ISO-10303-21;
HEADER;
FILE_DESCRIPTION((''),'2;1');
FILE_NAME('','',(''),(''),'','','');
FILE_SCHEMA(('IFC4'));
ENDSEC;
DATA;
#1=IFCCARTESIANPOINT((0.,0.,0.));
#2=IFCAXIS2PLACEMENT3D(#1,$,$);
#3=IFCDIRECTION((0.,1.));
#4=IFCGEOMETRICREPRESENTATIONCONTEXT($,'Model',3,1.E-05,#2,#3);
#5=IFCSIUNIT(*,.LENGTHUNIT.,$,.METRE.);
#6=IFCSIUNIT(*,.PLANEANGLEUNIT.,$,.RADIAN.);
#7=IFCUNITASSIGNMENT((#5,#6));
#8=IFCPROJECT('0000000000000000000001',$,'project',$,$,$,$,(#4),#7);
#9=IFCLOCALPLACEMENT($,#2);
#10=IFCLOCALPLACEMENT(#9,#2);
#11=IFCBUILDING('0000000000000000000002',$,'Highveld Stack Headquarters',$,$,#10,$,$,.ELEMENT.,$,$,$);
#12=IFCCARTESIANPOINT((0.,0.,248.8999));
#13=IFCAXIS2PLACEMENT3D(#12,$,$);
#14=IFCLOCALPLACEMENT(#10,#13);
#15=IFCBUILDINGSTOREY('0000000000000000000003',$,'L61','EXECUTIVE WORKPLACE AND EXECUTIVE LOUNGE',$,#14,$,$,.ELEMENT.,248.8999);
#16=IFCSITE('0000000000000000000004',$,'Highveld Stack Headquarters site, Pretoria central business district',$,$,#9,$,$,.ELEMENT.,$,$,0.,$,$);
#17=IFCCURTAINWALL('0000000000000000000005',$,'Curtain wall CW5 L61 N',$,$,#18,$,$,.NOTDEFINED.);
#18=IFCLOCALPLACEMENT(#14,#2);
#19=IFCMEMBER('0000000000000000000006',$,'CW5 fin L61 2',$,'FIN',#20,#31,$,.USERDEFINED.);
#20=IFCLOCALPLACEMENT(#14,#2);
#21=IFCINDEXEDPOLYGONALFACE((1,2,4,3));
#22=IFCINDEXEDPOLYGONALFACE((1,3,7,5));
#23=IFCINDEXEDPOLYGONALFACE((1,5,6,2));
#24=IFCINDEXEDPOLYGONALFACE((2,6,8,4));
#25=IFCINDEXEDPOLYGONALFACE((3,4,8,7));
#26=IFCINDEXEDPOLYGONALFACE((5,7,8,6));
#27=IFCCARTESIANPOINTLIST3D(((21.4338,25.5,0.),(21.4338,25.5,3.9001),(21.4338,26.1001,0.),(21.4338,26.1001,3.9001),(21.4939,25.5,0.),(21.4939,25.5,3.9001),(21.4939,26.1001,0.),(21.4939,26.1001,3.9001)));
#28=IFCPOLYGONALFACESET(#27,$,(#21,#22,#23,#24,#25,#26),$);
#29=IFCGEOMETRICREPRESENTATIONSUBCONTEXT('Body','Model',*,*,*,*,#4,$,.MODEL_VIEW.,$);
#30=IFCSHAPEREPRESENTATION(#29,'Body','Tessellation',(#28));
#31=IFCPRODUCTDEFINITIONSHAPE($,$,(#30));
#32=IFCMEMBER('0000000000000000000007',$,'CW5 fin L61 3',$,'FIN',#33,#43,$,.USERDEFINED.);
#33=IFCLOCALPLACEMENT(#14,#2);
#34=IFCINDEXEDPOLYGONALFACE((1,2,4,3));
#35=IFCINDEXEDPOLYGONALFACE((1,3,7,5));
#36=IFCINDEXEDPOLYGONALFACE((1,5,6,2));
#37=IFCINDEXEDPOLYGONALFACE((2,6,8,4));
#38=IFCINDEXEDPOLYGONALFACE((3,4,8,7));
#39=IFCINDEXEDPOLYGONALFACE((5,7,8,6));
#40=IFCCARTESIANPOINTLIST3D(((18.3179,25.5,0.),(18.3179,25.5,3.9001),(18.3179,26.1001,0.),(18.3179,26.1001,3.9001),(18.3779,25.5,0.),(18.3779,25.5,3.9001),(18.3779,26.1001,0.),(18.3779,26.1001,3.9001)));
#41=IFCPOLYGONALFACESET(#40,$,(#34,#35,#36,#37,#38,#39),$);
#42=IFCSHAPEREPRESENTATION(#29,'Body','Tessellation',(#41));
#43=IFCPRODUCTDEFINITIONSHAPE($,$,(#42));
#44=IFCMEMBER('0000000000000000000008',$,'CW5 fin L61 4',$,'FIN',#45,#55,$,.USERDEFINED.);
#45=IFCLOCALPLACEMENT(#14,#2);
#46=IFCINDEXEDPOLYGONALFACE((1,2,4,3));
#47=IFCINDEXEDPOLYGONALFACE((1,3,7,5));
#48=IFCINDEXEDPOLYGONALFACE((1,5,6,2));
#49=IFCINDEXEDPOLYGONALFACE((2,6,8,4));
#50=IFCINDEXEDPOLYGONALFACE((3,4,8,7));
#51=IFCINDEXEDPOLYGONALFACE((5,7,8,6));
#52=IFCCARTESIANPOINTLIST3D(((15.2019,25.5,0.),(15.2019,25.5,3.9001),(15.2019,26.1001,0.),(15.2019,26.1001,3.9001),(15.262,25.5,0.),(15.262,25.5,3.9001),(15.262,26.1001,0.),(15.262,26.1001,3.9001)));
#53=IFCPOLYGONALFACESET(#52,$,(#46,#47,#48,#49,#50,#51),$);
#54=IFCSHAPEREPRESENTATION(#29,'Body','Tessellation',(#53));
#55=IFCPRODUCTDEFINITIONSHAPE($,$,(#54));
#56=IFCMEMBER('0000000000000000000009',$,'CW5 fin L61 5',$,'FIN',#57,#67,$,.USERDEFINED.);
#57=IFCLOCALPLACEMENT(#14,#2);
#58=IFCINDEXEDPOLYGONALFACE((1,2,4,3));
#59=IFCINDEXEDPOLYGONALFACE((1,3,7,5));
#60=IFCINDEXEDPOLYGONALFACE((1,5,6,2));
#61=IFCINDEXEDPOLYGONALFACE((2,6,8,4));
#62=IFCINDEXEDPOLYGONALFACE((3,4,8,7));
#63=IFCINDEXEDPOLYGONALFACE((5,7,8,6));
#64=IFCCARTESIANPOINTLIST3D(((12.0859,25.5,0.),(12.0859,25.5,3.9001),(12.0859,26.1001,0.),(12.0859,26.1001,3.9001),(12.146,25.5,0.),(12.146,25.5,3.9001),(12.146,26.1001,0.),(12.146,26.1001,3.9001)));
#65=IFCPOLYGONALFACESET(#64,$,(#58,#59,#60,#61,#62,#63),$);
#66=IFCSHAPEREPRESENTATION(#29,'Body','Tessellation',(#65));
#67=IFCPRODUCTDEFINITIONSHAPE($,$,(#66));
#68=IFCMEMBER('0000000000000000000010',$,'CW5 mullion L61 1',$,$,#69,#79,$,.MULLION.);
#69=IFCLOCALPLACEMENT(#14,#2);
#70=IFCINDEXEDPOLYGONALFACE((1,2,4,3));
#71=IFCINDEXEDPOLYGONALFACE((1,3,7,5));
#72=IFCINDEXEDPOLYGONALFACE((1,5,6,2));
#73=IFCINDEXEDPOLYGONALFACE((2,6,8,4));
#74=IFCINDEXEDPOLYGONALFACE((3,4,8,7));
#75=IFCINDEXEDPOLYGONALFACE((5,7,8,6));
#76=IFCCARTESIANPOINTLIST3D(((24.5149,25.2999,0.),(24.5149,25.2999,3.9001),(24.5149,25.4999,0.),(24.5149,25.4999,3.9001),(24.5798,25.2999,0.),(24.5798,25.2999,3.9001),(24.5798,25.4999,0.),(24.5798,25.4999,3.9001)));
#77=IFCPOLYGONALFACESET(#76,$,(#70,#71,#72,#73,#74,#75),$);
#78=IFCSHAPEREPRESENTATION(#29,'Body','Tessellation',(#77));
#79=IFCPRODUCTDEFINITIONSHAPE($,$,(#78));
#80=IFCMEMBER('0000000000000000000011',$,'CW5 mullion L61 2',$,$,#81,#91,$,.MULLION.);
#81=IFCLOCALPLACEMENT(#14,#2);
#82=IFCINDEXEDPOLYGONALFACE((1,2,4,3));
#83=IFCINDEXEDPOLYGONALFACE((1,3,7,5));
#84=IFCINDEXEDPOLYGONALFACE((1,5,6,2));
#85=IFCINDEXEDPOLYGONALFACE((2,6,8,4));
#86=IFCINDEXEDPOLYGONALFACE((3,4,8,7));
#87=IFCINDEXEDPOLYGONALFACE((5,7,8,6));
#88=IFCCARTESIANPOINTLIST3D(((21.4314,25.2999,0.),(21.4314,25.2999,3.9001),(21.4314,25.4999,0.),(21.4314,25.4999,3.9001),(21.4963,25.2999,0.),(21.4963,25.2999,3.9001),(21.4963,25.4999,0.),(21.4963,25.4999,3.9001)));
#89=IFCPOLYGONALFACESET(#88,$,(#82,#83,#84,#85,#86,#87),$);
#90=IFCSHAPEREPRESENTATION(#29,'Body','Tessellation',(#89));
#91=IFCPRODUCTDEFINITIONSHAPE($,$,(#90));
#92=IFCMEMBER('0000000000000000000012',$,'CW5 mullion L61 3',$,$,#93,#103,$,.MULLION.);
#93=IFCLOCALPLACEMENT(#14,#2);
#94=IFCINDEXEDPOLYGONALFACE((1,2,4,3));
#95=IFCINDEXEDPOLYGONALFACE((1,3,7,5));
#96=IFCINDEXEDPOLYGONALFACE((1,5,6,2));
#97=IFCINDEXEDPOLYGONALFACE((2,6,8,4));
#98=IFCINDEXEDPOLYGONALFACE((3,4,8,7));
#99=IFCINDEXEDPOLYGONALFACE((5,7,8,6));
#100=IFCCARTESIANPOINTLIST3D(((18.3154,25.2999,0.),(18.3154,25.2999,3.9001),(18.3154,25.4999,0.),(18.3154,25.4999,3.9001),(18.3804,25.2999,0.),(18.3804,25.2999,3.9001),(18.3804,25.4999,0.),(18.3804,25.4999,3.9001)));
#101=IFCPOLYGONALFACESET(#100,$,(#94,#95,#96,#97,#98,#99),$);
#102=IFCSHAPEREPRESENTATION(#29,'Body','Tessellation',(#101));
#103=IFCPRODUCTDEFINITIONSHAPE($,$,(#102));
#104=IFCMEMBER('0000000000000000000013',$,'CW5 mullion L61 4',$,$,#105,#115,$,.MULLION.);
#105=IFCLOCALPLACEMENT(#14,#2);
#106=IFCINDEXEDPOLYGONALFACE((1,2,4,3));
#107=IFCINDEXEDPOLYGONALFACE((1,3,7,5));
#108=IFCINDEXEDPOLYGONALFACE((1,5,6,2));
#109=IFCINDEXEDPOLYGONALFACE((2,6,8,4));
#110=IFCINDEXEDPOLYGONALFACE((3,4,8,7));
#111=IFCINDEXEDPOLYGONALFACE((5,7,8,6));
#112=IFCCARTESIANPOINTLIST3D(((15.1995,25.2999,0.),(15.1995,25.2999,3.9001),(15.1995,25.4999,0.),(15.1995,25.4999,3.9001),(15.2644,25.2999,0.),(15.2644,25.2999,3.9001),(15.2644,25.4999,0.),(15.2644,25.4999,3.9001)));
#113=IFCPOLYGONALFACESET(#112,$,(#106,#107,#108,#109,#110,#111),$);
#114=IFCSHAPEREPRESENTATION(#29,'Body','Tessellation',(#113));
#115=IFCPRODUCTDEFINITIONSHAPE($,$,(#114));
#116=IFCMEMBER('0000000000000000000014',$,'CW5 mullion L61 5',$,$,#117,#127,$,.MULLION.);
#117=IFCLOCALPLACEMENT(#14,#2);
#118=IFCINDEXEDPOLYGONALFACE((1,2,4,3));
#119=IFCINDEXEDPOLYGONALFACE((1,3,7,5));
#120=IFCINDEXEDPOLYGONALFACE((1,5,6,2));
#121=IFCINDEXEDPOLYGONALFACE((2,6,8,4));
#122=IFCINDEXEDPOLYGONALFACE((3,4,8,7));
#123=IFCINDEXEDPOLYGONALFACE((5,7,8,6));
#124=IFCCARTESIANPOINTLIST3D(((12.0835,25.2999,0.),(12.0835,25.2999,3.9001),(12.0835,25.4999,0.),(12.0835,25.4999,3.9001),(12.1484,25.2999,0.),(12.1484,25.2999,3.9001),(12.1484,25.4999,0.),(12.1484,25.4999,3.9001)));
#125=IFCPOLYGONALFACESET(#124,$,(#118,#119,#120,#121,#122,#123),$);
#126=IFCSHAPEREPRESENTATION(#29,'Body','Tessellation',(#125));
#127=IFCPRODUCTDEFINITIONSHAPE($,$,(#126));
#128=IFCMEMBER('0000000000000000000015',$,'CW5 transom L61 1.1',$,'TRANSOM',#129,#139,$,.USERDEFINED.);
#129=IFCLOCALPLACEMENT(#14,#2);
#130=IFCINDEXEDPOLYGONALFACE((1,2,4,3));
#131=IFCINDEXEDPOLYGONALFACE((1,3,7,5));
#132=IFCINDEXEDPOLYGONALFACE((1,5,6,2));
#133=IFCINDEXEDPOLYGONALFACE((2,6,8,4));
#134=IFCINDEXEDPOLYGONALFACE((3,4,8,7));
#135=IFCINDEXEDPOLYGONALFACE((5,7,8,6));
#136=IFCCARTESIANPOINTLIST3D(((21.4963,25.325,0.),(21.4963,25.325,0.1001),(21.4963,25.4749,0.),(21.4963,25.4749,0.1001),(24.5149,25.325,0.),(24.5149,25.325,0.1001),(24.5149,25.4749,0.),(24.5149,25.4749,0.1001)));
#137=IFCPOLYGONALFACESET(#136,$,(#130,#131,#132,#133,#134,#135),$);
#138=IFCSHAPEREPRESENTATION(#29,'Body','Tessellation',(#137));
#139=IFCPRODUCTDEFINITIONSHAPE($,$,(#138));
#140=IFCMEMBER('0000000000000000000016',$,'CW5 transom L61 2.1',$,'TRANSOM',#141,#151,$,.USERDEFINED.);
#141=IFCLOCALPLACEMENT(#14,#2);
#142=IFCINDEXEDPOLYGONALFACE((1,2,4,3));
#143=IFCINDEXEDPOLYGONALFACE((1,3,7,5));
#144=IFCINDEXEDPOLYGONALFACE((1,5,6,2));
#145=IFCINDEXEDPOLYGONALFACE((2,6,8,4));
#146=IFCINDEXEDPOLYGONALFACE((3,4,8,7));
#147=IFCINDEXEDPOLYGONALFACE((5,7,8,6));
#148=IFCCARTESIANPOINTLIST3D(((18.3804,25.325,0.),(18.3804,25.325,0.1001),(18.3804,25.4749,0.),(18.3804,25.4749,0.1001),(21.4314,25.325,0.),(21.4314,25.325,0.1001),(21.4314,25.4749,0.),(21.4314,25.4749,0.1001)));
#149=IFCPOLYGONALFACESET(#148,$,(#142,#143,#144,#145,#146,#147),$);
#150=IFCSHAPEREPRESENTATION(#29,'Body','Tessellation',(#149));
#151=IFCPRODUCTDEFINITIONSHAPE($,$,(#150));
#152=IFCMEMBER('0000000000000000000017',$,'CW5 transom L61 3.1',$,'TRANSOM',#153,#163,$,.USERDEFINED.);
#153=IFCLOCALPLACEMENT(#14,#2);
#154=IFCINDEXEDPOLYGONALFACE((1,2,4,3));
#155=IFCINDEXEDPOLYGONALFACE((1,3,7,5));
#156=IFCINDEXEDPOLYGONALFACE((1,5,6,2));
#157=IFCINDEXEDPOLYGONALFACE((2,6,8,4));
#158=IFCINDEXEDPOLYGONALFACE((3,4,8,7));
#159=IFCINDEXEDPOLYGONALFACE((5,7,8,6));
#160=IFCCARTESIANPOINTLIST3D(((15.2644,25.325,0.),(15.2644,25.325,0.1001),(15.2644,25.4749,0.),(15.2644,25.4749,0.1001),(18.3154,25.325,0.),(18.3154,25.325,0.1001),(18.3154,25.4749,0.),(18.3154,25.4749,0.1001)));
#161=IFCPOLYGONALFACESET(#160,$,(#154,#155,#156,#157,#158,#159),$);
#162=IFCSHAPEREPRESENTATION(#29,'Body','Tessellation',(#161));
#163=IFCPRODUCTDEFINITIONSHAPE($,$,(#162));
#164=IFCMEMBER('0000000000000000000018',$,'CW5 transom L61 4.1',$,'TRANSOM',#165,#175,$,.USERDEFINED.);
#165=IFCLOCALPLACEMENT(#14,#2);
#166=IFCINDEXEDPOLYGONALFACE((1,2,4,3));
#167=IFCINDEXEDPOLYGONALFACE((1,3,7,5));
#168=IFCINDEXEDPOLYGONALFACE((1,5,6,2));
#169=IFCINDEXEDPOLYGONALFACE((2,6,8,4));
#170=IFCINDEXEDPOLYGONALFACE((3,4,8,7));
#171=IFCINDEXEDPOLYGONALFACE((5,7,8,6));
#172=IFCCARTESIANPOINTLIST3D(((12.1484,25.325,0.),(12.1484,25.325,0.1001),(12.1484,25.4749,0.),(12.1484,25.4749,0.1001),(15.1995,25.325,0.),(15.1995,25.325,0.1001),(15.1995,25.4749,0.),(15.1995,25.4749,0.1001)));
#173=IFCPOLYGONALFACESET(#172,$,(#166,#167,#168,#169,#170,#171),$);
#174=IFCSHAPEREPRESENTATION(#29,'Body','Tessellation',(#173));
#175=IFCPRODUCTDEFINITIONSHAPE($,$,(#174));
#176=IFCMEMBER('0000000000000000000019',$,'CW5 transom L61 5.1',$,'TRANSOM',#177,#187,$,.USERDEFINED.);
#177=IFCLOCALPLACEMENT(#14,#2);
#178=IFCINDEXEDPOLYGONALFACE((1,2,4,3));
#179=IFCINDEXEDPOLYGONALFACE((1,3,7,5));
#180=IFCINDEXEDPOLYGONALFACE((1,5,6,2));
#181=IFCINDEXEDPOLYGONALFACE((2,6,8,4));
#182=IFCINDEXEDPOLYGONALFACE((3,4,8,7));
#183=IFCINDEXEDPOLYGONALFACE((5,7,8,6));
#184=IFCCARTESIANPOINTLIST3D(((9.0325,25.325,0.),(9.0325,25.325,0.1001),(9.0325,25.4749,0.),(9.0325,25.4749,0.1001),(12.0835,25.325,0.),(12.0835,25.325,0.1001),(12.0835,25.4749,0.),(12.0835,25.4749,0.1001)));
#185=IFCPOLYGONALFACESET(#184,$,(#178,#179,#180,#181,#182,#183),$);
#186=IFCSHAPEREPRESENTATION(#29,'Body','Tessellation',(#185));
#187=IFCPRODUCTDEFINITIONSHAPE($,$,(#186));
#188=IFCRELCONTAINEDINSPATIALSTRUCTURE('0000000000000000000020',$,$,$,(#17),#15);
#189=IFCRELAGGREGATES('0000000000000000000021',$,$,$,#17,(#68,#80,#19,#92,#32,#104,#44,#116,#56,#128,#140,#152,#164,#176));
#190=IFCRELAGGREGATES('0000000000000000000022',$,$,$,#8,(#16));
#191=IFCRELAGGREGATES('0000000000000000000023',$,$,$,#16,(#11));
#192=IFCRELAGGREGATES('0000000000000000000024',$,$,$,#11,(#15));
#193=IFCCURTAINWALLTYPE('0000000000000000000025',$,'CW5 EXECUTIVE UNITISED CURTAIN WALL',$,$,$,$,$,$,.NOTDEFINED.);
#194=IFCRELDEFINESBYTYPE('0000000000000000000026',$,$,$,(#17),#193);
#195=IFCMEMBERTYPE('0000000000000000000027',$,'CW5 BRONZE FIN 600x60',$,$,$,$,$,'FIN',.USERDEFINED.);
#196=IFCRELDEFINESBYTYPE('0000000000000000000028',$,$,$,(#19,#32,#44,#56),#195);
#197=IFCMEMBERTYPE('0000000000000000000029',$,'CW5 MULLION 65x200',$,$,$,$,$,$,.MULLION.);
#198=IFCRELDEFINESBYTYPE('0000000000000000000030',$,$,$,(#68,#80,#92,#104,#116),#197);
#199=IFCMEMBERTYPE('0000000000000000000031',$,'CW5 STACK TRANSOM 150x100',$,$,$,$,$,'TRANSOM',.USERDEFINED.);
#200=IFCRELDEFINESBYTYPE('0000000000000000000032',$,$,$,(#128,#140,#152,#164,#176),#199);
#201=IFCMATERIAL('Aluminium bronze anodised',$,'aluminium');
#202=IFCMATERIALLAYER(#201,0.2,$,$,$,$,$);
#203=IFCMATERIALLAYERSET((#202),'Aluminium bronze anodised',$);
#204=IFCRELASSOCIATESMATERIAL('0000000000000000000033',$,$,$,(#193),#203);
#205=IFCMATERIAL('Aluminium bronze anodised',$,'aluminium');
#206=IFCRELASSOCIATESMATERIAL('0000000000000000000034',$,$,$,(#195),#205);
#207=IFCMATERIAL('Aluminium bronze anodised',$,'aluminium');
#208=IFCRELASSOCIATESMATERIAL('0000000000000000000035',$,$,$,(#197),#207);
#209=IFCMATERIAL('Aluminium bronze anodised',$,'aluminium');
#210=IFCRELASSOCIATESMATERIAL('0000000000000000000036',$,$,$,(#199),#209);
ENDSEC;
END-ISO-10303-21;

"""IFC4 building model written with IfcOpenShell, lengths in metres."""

from ifc_helpers import new_model, si_unit, direction, frame, origin, origin_2d, place, context, subcontext, project, spatial, rectangle, extrude, material, layer, layer_set, material_profile, profile_set, type_object, element, aggregate, save


model = new_model("IFC4")

# Units and contexts
model_context = context("Model", 3, precision=1e-05, world=origin(), true_north=direction((0.0, 1.0)))
body_context = subcontext(model_context, "Body", "Model", "MODEL_VIEW")
ifc_project = project(units=[si_unit("LENGTHUNIT", "METRE"), si_unit("PLANEANGLEUNIT", "RADIAN")], contexts=[model_context])

# Site, building, storey
site_placement = place(None, origin())
site = spatial("IfcSite", under=ifc_project, at=site_placement, Name="Highveld Stack Headquarters site, Pretoria central business district", CompositionType="ELEMENT", RefElevation=0.0)
building_placement = place(site_placement, origin())
building = spatial("IfcBuilding", under=site, at=building_placement, Name="Highveld Stack Headquarters", CompositionType="ELEMENT")
storey_placement = place(building_placement, frame((0.0, 0.0, 248.8999)))
storey = spatial("IfcBuildingStorey", under=building, at=storey_placement, Name="L61", Description="EXECUTIVE WORKPLACE AND EXECUTIVE LOUNGE", CompositionType="ELEMENT", Elevation=248.8999)

# Curtain wall, members
ifc_material_1 = material(Name="Aluminium bronze anodised", Category="aluminium")
ifc_layer_1 = layer(ifc_material_1, 0.2)
ifc_layer_set_1 = layer_set([ifc_layer_1], Name="Aluminium bronze anodised")
curtain_wall_type = type_object("IfcCurtainWallType", Name="CW5 EXECUTIVE UNITISED CURTAIN WALL", PredefinedType="NOTDEFINED", material=ifc_layer_set_1)
curtain_wall_placement = place(storey_placement, origin())
curtain_wall = element("IfcCurtainWall", 1, at=curtain_wall_placement, inside=storey, type_object=curtain_wall_type, Name="Curtain wall CW5 L61 N", PredefinedType="NOTDEFINED")
ifc_material_2 = material(Name="Aluminium bronze anodised", Category="aluminium")
ifc_material_profile_1 = material_profile(ifc_material_2, rectangle(XDim=0.6001, YDim=0.0601, at=origin_2d()), Name="FIN 600x60")
ifc_profile_set_1 = profile_set([ifc_material_profile_1], Name="Aluminium bronze anodised")
member_type_1 = type_object("IfcMemberType", Name="CW5 BRONZE FIN 600x60", ElementType="FIN", PredefinedType="USERDEFINED", material=ifc_profile_set_1)
member_1_placement = place(storey_placement, frame((21.4639, 25.8, 0.0), z_axis=(0.0, 0.0, 1.0), x_axis=(0.0, -1.0, 0.0)))
member_1 = element("IfcMember", 2, at=member_1_placement, type_object=member_type_1, Name="CW5 fin L61 2", ObjectType="FIN", PredefinedType="USERDEFINED", context=body_context, shape_type="SweptSolid", body=[
    extrude(rectangle(XDim=0.6001, YDim=0.0601, at=origin_2d()), origin(), (0.0, 0.0, 1.0), 3.9001),
])
member_2_placement = place(storey_placement, frame((18.3479, 25.8, 0.0), z_axis=(0.0, 0.0, 1.0), x_axis=(0.0, -1.0, 0.0)))
member_2 = element("IfcMember", 3, at=member_2_placement, type_object=member_type_1, Name="CW5 fin L61 3", ObjectType="FIN", PredefinedType="USERDEFINED", context=body_context, shape_type="SweptSolid", body=[
    extrude(rectangle(XDim=0.6001, YDim=0.0601, at=origin_2d()), origin(), (0.0, 0.0, 1.0), 3.9001),
])
member_3_placement = place(storey_placement, frame((15.2319, 25.8, 0.0), z_axis=(0.0, 0.0, 1.0), x_axis=(0.0, -1.0, 0.0)))
member_3 = element("IfcMember", 4, at=member_3_placement, type_object=member_type_1, Name="CW5 fin L61 4", ObjectType="FIN", PredefinedType="USERDEFINED", context=body_context, shape_type="SweptSolid", body=[
    extrude(rectangle(XDim=0.6001, YDim=0.0601, at=origin_2d()), origin(), (0.0, 0.0, 1.0), 3.9001),
])
member_4_placement = place(storey_placement, frame((12.116, 25.8, 0.0), z_axis=(0.0, 0.0, 1.0), x_axis=(0.0, -1.0, 0.0)))
member_4 = element("IfcMember", 5, at=member_4_placement, type_object=member_type_1, Name="CW5 fin L61 5", ObjectType="FIN", PredefinedType="USERDEFINED", context=body_context, shape_type="SweptSolid", body=[
    extrude(rectangle(XDim=0.6001, YDim=0.0601, at=origin_2d()), origin(), (0.0, 0.0, 1.0), 3.9001),
])
ifc_material_3 = material(Name="Aluminium bronze anodised", Category="aluminium")
ifc_material_profile_2 = material_profile(ifc_material_3, rectangle(XDim=0.2, YDim=0.0649, at=origin_2d()), Name="CW5 MULLION 65x200")
ifc_profile_set_2 = profile_set([ifc_material_profile_2], Name="Aluminium bronze anodised")
member_type_2 = type_object("IfcMemberType", Name="CW5 MULLION 65x200", PredefinedType="MULLION", material=ifc_profile_set_2)
member_5_placement = place(storey_placement, frame((24.5474, 25.3999, 0.0), z_axis=(0.0, 0.0, 1.0), x_axis=(0.0, -1.0, 0.0)))
member_5 = element("IfcMember", 6, at=member_5_placement, type_object=member_type_2, Name="CW5 mullion L61 1", PredefinedType="MULLION", context=body_context, shape_type="SweptSolid", body=[
    extrude(rectangle(XDim=0.2, YDim=0.0649, at=origin_2d()), origin(), (0.0, 0.0, 1.0), 3.9001),
])
member_6_placement = place(storey_placement, frame((21.4639, 25.3999, 0.0), z_axis=(0.0, 0.0, 1.0), x_axis=(0.0, -1.0, 0.0)))
member_6 = element("IfcMember", 7, at=member_6_placement, type_object=member_type_2, Name="CW5 mullion L61 2", PredefinedType="MULLION", context=body_context, shape_type="SweptSolid", body=[
    extrude(rectangle(XDim=0.2, YDim=0.0649, at=origin_2d()), origin(), (0.0, 0.0, 1.0), 3.9001),
])
member_7_placement = place(storey_placement, frame((18.3479, 25.3999, 0.0), z_axis=(0.0, 0.0, 1.0), x_axis=(0.0, -1.0, 0.0)))
member_7 = element("IfcMember", 8, at=member_7_placement, type_object=member_type_2, Name="CW5 mullion L61 3", PredefinedType="MULLION", context=body_context, shape_type="SweptSolid", body=[
    extrude(rectangle(XDim=0.2, YDim=0.0649, at=origin_2d()), origin(), (0.0, 0.0, 1.0), 3.9001),
])
member_8_placement = place(storey_placement, frame((15.2319, 25.3999, 0.0), z_axis=(0.0, 0.0, 1.0), x_axis=(0.0, -1.0, 0.0)))
member_8 = element("IfcMember", 9, at=member_8_placement, type_object=member_type_2, Name="CW5 mullion L61 4", PredefinedType="MULLION", context=body_context, shape_type="SweptSolid", body=[
    extrude(rectangle(XDim=0.2, YDim=0.0649, at=origin_2d()), origin(), (0.0, 0.0, 1.0), 3.9001),
])
member_9_placement = place(storey_placement, frame((12.116, 25.3999, 0.0), z_axis=(0.0, 0.0, 1.0), x_axis=(0.0, -1.0, 0.0)))
member_9 = element("IfcMember", 10, at=member_9_placement, type_object=member_type_2, Name="CW5 mullion L61 5", PredefinedType="MULLION", context=body_context, shape_type="SweptSolid", body=[
    extrude(rectangle(XDim=0.2, YDim=0.0649, at=origin_2d()), origin(), (0.0, 0.0, 1.0), 3.9001),
])
ifc_material_4 = material(Name="Aluminium bronze anodised", Category="aluminium")
ifc_material_profile_3 = material_profile(ifc_material_4, rectangle(XDim=0.1499, YDim=0.1001, at=origin_2d()), Name="CW5 TRANSOM 150x100")
ifc_profile_set_3 = profile_set([ifc_material_profile_3], Name="Aluminium bronze anodised")
member_type_3 = type_object("IfcMemberType", Name="CW5 STACK TRANSOM 150x100", ElementType="TRANSOM", PredefinedType="USERDEFINED", material=ifc_profile_set_3)
member_10_placement = place(storey_placement, frame((24.5149, 25.3999, 0.05), z_axis=(-1.0, 0.0, 0.0), x_axis=(0.0, -1.0, 0.0)))
member_10 = element("IfcMember", 11, at=member_10_placement, type_object=member_type_3, Name="CW5 transom L61 1.1", ObjectType="TRANSOM", PredefinedType="USERDEFINED", context=body_context, shape_type="SweptSolid", body=[
    extrude(rectangle(XDim=0.1499, YDim=0.1001, at=origin_2d()), origin(), (0.0, 0.0, 1.0), 3.0186),
])
member_11_placement = place(storey_placement, frame((21.4314, 25.3999, 0.05), z_axis=(-1.0, 0.0, 0.0), x_axis=(0.0, -1.0, 0.0)))
member_11 = element("IfcMember", 12, at=member_11_placement, type_object=member_type_3, Name="CW5 transom L61 2.1", ObjectType="TRANSOM", PredefinedType="USERDEFINED", context=body_context, shape_type="SweptSolid", body=[
    extrude(rectangle(XDim=0.1499, YDim=0.1001, at=origin_2d()), origin(), (0.0, 0.0, 1.0), 3.051),
])
member_12_placement = place(storey_placement, frame((18.3154, 25.3999, 0.05), z_axis=(-1.0, 0.0, 0.0), x_axis=(0.0, -1.0, 0.0)))
member_12 = element("IfcMember", 13, at=member_12_placement, type_object=member_type_3, Name="CW5 transom L61 3.1", ObjectType="TRANSOM", PredefinedType="USERDEFINED", context=body_context, shape_type="SweptSolid", body=[
    extrude(rectangle(XDim=0.1499, YDim=0.1001, at=origin_2d()), origin(), (0.0, 0.0, 1.0), 3.051),
])
member_13_placement = place(storey_placement, frame((15.1995, 25.3999, 0.05), z_axis=(-1.0, 0.0, 0.0), x_axis=(0.0, -1.0, 0.0)))
member_13 = element("IfcMember", 14, at=member_13_placement, type_object=member_type_3, Name="CW5 transom L61 4.1", ObjectType="TRANSOM", PredefinedType="USERDEFINED", context=body_context, shape_type="SweptSolid", body=[
    extrude(rectangle(XDim=0.1499, YDim=0.1001, at=origin_2d()), origin(), (0.0, 0.0, 1.0), 3.051),
])
member_14_placement = place(storey_placement, frame((12.0835, 25.3999, 0.05), z_axis=(-1.0, 0.0, 0.0), x_axis=(0.0, -1.0, 0.0)))
member_14 = element("IfcMember", 15, at=member_14_placement, type_object=member_type_3, Name="CW5 transom L61 5.1", ObjectType="TRANSOM", PredefinedType="USERDEFINED", context=body_context, shape_type="SweptSolid", body=[
    extrude(rectangle(XDim=0.1499, YDim=0.1001, at=origin_2d()), origin(), (0.0, 0.0, 1.0), 3.051),
])
aggregate(curtain_wall, [member_5, member_6, member_1, member_7, member_2, member_8, member_3, member_9, member_4, member_10, member_11, member_12, member_13, member_14])

save(model, "model.ifc")
